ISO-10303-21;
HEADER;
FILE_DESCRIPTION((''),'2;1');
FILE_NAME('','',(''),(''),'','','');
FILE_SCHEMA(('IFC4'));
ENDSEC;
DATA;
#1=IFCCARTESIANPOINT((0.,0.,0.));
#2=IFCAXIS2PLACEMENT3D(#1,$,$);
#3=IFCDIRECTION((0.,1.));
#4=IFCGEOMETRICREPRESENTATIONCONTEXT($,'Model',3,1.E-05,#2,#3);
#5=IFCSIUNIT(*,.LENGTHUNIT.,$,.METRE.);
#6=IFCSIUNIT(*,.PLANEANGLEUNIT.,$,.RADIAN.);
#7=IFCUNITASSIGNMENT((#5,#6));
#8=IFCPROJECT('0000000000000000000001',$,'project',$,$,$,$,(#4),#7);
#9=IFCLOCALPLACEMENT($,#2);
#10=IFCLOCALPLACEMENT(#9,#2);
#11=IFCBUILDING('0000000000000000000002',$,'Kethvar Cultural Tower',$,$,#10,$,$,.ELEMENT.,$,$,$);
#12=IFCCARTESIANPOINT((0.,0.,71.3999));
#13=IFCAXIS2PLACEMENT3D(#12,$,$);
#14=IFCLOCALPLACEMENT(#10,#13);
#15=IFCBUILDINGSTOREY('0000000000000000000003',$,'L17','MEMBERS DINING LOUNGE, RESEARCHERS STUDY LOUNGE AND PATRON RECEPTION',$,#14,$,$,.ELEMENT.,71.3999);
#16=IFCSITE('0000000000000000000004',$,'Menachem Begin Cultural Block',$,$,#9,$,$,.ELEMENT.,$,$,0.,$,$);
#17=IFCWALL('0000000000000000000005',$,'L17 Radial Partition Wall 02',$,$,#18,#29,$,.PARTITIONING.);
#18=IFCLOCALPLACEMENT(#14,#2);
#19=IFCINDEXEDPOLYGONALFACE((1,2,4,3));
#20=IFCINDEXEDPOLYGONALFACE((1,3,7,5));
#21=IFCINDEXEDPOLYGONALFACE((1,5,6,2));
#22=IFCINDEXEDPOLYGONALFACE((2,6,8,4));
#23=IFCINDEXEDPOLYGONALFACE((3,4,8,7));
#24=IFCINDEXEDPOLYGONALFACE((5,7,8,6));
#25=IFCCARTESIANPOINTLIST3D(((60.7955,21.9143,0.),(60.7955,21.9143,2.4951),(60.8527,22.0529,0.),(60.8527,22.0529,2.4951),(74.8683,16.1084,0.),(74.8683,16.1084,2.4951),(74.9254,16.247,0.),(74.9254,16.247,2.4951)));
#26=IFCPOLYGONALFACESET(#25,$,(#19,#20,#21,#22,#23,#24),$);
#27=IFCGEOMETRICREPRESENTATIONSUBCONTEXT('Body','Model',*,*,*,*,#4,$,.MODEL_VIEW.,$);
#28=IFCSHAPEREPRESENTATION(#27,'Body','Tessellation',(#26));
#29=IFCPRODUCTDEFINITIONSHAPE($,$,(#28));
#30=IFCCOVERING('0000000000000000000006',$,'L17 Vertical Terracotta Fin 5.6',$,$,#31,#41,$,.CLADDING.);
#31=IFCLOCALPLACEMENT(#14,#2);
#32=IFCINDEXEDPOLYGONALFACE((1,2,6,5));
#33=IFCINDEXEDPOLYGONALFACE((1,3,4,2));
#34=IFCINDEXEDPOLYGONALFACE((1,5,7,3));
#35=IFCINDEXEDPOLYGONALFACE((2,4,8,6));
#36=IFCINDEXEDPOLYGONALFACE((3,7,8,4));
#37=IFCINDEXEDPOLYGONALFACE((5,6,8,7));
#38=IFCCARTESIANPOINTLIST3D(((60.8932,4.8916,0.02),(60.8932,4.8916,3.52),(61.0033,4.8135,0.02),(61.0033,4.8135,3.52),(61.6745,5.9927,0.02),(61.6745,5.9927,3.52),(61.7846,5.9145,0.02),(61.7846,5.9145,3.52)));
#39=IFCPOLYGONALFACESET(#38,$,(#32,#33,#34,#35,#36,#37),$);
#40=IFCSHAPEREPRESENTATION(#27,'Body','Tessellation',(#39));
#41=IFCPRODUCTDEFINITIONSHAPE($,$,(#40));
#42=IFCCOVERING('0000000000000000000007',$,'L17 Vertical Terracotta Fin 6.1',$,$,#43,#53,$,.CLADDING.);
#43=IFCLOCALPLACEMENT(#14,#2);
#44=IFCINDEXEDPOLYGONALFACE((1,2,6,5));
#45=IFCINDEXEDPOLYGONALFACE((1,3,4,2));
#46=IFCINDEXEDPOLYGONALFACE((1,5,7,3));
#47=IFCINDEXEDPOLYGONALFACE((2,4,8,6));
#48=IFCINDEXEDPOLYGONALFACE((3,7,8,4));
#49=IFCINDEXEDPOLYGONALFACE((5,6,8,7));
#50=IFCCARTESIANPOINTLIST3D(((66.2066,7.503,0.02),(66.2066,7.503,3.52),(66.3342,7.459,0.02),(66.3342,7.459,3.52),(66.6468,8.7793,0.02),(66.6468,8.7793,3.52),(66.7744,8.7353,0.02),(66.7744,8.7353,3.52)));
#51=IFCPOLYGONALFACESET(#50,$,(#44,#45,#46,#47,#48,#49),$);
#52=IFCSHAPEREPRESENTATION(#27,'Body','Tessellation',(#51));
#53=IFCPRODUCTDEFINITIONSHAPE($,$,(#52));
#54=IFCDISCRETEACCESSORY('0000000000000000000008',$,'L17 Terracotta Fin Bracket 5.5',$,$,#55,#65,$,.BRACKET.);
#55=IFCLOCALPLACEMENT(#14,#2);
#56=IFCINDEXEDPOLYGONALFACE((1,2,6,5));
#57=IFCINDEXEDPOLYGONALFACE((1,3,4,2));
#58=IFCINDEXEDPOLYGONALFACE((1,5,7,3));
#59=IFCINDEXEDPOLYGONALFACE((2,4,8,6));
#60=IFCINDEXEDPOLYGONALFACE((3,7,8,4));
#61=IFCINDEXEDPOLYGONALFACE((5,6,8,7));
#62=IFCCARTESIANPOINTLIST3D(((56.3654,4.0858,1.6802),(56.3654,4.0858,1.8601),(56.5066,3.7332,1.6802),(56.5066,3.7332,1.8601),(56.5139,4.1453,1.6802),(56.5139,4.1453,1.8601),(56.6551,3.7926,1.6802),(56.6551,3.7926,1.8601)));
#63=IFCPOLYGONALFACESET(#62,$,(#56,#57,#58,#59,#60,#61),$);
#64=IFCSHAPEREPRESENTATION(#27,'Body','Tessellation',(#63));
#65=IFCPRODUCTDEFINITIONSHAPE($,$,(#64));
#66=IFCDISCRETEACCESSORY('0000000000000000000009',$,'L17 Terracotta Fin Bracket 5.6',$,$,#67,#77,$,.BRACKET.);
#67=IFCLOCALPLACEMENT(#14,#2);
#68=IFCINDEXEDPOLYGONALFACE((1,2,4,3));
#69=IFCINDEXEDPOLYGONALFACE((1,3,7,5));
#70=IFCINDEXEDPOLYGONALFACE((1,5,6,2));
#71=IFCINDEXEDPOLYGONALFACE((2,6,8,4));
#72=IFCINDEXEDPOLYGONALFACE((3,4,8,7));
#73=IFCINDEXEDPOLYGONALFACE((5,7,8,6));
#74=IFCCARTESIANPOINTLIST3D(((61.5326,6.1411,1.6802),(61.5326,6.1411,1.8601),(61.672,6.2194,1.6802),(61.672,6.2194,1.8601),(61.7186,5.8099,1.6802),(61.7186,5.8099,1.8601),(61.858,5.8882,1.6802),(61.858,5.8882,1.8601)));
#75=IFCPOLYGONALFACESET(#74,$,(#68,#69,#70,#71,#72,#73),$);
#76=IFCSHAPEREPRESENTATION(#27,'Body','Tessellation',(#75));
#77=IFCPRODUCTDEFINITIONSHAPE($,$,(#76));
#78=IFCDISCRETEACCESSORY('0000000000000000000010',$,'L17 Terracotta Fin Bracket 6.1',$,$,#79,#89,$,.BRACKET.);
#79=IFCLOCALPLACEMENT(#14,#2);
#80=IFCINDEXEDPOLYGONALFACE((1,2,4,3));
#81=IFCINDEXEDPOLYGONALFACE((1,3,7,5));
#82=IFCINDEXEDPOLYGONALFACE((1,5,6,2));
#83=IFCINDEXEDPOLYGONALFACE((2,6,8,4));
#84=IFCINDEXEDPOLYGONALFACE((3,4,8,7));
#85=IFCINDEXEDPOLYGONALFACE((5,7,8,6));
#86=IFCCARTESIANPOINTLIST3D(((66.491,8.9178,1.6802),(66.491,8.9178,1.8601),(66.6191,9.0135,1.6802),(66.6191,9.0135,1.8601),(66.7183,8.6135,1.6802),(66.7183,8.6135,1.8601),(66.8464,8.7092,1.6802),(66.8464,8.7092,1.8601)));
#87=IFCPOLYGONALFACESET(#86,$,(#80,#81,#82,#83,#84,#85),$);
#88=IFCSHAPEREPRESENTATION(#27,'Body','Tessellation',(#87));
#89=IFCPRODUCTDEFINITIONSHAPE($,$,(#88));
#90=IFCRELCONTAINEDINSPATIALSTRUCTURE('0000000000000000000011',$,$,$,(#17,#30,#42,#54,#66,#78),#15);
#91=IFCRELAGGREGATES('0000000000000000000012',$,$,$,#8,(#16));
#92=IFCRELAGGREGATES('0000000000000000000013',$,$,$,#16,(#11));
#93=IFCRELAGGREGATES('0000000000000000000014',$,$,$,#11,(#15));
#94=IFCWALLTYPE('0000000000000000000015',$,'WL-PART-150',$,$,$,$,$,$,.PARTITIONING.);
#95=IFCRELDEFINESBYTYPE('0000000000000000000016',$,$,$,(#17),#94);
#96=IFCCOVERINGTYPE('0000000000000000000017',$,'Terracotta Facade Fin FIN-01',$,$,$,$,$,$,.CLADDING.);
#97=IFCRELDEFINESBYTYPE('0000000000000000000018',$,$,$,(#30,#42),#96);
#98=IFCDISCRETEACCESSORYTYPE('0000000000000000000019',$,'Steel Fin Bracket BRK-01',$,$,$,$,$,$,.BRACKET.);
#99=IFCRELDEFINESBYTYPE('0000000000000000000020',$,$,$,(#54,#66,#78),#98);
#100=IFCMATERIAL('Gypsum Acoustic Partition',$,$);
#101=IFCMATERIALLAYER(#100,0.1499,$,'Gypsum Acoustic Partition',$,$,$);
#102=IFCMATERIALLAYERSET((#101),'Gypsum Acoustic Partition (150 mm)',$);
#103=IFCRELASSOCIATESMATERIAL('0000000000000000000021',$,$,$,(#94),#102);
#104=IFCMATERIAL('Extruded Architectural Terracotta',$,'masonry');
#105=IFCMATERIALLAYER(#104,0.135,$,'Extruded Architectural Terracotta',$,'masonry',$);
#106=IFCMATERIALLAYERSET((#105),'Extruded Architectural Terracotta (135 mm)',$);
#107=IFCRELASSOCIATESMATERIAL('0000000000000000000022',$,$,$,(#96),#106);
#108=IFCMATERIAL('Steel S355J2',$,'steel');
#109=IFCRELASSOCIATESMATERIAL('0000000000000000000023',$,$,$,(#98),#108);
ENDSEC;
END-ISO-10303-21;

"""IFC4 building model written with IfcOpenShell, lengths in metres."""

from ifc_helpers import new_model, si_unit, direction, frame, frame_2d, origin, origin_2d, place, context, subcontext, project, spatial, rectangle, extrude, source, transform, mapped, material, layer, layer_set, type_object, element, save


model = new_model("IFC4")

# Units and contexts
model_context = context("Model", 3, precision=1e-05, world=origin(), true_north=direction((0.0, 1.0)))
body_context = subcontext(model_context, "Body", "Model", "MODEL_VIEW")
ifc_project = project(units=[si_unit("LENGTHUNIT", "METRE"), si_unit("PLANEANGLEUNIT", "RADIAN")], contexts=[model_context])

# Site, building, storey
site_placement = place(None, origin())
site = spatial("IfcSite", under=ifc_project, at=site_placement, Name="Menachem Begin Cultural Block", CompositionType="ELEMENT", RefElevation=0.0)
building_placement = place(site_placement, origin())
building = spatial("IfcBuilding", under=site, at=building_placement, Name="Kethvar Cultural Tower", CompositionType="ELEMENT")
storey_placement = place(building_placement, frame((0.0, 0.0, 71.3999)))
storey = spatial("IfcBuildingStorey", under=building, at=storey_placement, Name="L17", Description="MEMBERS DINING LOUNGE, RESEARCHERS STUDY LOUNGE AND PATRON RECEPTION", CompositionType="ELEMENT", Elevation=71.3999)

# Shared definitions
ifc_material_1 = material(Name="Steel S355J2", Category="steel")

# Wall
ifc_material_2 = material(Name="Gypsum Acoustic Partition")
ifc_layer_1 = layer(ifc_material_2, 0.1499, Name="Gypsum Acoustic Partition")
ifc_layer_set_1 = layer_set([ifc_layer_1], Name="Gypsum Acoustic Partition (150 mm)")
wall_type_1 = type_object("IfcWallType", Name="WL-PART-150", PredefinedType="PARTITIONING", material=ifc_layer_set_1)
wall_1_placement = place(storey_placement, frame((60.824, 21.9836, 0.0), z_axis=(0.0, 0.0, 1.0), x_axis=(0.924418, -0.381381, 0.0)))
element("IfcWall", 1, at=wall_1_placement, inside=storey, type_object=wall_type_1, Name="L17 Radial Partition Wall 02", PredefinedType="PARTITIONING", context=body_context, shape_type="SweptSolid", body=[
    extrude(rectangle(XDim=15.2234, YDim=0.1499, at=frame_2d((7.6118, 0.0))), origin(), (0.0, 0.0, 1.0), 2.4951),
])

# Coverings
ifc_material_3 = material(Name="Extruded Architectural Terracotta", Category="masonry")
ifc_layer_2 = layer(ifc_material_3, 0.135, Name="Extruded Architectural Terracotta", Category="masonry")
ifc_layer_set_2 = layer_set([ifc_layer_2], Name="Extruded Architectural Terracotta (135 mm)")
covering_type = type_object("IfcCoveringType", Name="Terracotta Facade Fin FIN-01", PredefinedType="CLADDING", material=ifc_layer_set_2)
shared_shape_1 = source(origin(), body_context, "Body", "SweptSolid", [
    extrude(rectangle(XDim=1.3501, YDim=0.135, at=origin_2d()), origin(), (0.0, 0.0, 1.0), 3.5),
])
for number, where, z_axis, x_axis, name in (
    (2, (61.3389, 5.4031, 0.02), (0.0, 0.0, 1.0), (-0.578712, -0.815532, 0.0), "L17 Vertical Terracotta Fin 5.6"),
    (3, (66.4905, 8.1191, 0.02), (0.0, 0.0, 1.0), (-0.326063, -0.945348, 0.0), "L17 Vertical Terracotta Fin 6.1"),
):
    element("IfcCovering", number, at=place(storey_placement, frame(where, z_axis=z_axis, x_axis=x_axis)), inside=storey, type_object=covering_type, Name=name, PredefinedType="CLADDING", context=body_context, shape_type="MappedRepresentation", body=[
        mapped(shared_shape_1, transform((0.0, 0.0, 0.0), scale=1.0)),
    ])

# Discrete accessories
discrete_accessory_type = type_object("IfcDiscreteAccessoryType", Name="Steel Fin Bracket BRK-01", PredefinedType="BRACKET", material=ifc_material_1)
shared_shape_2 = source(origin(), body_context, "Body", "SweptSolid", [
    extrude(rectangle(XDim=0.3799, YDim=0.1599, at=origin_2d()), origin(), (0.0, 0.0, 1.0), 0.1799),
])
for number, where, z_axis, x_axis, name in (
    (4, (56.5103, 3.9392, 1.6802), (0.0, 0.0, 1.0), (0.371692, -0.928356, 0.0), "L17 Terracotta Fin Bracket 5.5"),
    (5, (61.6953, 6.0146, 1.6802), (0.0, 0.0, 1.0), (0.489535, -0.871984, 0.0), "L17 Terracotta Fin Bracket 5.6"),
    (6, (66.6687, 8.8135, 1.6802), (0.0, 0.0, 1.0), (0.598464, -0.801149, 0.0), "L17 Terracotta Fin Bracket 6.1"),
):
    element("IfcDiscreteAccessory", number, at=place(storey_placement, frame(where, z_axis=z_axis, x_axis=x_axis)), inside=storey, type_object=discrete_accessory_type, Name=name, PredefinedType="BRACKET", context=body_context, shape_type="MappedRepresentation", body=[
        mapped(shared_shape_2, transform((0.0, 0.0, 0.0), scale=1.0)),
    ])

save(model, "model.ifc")
